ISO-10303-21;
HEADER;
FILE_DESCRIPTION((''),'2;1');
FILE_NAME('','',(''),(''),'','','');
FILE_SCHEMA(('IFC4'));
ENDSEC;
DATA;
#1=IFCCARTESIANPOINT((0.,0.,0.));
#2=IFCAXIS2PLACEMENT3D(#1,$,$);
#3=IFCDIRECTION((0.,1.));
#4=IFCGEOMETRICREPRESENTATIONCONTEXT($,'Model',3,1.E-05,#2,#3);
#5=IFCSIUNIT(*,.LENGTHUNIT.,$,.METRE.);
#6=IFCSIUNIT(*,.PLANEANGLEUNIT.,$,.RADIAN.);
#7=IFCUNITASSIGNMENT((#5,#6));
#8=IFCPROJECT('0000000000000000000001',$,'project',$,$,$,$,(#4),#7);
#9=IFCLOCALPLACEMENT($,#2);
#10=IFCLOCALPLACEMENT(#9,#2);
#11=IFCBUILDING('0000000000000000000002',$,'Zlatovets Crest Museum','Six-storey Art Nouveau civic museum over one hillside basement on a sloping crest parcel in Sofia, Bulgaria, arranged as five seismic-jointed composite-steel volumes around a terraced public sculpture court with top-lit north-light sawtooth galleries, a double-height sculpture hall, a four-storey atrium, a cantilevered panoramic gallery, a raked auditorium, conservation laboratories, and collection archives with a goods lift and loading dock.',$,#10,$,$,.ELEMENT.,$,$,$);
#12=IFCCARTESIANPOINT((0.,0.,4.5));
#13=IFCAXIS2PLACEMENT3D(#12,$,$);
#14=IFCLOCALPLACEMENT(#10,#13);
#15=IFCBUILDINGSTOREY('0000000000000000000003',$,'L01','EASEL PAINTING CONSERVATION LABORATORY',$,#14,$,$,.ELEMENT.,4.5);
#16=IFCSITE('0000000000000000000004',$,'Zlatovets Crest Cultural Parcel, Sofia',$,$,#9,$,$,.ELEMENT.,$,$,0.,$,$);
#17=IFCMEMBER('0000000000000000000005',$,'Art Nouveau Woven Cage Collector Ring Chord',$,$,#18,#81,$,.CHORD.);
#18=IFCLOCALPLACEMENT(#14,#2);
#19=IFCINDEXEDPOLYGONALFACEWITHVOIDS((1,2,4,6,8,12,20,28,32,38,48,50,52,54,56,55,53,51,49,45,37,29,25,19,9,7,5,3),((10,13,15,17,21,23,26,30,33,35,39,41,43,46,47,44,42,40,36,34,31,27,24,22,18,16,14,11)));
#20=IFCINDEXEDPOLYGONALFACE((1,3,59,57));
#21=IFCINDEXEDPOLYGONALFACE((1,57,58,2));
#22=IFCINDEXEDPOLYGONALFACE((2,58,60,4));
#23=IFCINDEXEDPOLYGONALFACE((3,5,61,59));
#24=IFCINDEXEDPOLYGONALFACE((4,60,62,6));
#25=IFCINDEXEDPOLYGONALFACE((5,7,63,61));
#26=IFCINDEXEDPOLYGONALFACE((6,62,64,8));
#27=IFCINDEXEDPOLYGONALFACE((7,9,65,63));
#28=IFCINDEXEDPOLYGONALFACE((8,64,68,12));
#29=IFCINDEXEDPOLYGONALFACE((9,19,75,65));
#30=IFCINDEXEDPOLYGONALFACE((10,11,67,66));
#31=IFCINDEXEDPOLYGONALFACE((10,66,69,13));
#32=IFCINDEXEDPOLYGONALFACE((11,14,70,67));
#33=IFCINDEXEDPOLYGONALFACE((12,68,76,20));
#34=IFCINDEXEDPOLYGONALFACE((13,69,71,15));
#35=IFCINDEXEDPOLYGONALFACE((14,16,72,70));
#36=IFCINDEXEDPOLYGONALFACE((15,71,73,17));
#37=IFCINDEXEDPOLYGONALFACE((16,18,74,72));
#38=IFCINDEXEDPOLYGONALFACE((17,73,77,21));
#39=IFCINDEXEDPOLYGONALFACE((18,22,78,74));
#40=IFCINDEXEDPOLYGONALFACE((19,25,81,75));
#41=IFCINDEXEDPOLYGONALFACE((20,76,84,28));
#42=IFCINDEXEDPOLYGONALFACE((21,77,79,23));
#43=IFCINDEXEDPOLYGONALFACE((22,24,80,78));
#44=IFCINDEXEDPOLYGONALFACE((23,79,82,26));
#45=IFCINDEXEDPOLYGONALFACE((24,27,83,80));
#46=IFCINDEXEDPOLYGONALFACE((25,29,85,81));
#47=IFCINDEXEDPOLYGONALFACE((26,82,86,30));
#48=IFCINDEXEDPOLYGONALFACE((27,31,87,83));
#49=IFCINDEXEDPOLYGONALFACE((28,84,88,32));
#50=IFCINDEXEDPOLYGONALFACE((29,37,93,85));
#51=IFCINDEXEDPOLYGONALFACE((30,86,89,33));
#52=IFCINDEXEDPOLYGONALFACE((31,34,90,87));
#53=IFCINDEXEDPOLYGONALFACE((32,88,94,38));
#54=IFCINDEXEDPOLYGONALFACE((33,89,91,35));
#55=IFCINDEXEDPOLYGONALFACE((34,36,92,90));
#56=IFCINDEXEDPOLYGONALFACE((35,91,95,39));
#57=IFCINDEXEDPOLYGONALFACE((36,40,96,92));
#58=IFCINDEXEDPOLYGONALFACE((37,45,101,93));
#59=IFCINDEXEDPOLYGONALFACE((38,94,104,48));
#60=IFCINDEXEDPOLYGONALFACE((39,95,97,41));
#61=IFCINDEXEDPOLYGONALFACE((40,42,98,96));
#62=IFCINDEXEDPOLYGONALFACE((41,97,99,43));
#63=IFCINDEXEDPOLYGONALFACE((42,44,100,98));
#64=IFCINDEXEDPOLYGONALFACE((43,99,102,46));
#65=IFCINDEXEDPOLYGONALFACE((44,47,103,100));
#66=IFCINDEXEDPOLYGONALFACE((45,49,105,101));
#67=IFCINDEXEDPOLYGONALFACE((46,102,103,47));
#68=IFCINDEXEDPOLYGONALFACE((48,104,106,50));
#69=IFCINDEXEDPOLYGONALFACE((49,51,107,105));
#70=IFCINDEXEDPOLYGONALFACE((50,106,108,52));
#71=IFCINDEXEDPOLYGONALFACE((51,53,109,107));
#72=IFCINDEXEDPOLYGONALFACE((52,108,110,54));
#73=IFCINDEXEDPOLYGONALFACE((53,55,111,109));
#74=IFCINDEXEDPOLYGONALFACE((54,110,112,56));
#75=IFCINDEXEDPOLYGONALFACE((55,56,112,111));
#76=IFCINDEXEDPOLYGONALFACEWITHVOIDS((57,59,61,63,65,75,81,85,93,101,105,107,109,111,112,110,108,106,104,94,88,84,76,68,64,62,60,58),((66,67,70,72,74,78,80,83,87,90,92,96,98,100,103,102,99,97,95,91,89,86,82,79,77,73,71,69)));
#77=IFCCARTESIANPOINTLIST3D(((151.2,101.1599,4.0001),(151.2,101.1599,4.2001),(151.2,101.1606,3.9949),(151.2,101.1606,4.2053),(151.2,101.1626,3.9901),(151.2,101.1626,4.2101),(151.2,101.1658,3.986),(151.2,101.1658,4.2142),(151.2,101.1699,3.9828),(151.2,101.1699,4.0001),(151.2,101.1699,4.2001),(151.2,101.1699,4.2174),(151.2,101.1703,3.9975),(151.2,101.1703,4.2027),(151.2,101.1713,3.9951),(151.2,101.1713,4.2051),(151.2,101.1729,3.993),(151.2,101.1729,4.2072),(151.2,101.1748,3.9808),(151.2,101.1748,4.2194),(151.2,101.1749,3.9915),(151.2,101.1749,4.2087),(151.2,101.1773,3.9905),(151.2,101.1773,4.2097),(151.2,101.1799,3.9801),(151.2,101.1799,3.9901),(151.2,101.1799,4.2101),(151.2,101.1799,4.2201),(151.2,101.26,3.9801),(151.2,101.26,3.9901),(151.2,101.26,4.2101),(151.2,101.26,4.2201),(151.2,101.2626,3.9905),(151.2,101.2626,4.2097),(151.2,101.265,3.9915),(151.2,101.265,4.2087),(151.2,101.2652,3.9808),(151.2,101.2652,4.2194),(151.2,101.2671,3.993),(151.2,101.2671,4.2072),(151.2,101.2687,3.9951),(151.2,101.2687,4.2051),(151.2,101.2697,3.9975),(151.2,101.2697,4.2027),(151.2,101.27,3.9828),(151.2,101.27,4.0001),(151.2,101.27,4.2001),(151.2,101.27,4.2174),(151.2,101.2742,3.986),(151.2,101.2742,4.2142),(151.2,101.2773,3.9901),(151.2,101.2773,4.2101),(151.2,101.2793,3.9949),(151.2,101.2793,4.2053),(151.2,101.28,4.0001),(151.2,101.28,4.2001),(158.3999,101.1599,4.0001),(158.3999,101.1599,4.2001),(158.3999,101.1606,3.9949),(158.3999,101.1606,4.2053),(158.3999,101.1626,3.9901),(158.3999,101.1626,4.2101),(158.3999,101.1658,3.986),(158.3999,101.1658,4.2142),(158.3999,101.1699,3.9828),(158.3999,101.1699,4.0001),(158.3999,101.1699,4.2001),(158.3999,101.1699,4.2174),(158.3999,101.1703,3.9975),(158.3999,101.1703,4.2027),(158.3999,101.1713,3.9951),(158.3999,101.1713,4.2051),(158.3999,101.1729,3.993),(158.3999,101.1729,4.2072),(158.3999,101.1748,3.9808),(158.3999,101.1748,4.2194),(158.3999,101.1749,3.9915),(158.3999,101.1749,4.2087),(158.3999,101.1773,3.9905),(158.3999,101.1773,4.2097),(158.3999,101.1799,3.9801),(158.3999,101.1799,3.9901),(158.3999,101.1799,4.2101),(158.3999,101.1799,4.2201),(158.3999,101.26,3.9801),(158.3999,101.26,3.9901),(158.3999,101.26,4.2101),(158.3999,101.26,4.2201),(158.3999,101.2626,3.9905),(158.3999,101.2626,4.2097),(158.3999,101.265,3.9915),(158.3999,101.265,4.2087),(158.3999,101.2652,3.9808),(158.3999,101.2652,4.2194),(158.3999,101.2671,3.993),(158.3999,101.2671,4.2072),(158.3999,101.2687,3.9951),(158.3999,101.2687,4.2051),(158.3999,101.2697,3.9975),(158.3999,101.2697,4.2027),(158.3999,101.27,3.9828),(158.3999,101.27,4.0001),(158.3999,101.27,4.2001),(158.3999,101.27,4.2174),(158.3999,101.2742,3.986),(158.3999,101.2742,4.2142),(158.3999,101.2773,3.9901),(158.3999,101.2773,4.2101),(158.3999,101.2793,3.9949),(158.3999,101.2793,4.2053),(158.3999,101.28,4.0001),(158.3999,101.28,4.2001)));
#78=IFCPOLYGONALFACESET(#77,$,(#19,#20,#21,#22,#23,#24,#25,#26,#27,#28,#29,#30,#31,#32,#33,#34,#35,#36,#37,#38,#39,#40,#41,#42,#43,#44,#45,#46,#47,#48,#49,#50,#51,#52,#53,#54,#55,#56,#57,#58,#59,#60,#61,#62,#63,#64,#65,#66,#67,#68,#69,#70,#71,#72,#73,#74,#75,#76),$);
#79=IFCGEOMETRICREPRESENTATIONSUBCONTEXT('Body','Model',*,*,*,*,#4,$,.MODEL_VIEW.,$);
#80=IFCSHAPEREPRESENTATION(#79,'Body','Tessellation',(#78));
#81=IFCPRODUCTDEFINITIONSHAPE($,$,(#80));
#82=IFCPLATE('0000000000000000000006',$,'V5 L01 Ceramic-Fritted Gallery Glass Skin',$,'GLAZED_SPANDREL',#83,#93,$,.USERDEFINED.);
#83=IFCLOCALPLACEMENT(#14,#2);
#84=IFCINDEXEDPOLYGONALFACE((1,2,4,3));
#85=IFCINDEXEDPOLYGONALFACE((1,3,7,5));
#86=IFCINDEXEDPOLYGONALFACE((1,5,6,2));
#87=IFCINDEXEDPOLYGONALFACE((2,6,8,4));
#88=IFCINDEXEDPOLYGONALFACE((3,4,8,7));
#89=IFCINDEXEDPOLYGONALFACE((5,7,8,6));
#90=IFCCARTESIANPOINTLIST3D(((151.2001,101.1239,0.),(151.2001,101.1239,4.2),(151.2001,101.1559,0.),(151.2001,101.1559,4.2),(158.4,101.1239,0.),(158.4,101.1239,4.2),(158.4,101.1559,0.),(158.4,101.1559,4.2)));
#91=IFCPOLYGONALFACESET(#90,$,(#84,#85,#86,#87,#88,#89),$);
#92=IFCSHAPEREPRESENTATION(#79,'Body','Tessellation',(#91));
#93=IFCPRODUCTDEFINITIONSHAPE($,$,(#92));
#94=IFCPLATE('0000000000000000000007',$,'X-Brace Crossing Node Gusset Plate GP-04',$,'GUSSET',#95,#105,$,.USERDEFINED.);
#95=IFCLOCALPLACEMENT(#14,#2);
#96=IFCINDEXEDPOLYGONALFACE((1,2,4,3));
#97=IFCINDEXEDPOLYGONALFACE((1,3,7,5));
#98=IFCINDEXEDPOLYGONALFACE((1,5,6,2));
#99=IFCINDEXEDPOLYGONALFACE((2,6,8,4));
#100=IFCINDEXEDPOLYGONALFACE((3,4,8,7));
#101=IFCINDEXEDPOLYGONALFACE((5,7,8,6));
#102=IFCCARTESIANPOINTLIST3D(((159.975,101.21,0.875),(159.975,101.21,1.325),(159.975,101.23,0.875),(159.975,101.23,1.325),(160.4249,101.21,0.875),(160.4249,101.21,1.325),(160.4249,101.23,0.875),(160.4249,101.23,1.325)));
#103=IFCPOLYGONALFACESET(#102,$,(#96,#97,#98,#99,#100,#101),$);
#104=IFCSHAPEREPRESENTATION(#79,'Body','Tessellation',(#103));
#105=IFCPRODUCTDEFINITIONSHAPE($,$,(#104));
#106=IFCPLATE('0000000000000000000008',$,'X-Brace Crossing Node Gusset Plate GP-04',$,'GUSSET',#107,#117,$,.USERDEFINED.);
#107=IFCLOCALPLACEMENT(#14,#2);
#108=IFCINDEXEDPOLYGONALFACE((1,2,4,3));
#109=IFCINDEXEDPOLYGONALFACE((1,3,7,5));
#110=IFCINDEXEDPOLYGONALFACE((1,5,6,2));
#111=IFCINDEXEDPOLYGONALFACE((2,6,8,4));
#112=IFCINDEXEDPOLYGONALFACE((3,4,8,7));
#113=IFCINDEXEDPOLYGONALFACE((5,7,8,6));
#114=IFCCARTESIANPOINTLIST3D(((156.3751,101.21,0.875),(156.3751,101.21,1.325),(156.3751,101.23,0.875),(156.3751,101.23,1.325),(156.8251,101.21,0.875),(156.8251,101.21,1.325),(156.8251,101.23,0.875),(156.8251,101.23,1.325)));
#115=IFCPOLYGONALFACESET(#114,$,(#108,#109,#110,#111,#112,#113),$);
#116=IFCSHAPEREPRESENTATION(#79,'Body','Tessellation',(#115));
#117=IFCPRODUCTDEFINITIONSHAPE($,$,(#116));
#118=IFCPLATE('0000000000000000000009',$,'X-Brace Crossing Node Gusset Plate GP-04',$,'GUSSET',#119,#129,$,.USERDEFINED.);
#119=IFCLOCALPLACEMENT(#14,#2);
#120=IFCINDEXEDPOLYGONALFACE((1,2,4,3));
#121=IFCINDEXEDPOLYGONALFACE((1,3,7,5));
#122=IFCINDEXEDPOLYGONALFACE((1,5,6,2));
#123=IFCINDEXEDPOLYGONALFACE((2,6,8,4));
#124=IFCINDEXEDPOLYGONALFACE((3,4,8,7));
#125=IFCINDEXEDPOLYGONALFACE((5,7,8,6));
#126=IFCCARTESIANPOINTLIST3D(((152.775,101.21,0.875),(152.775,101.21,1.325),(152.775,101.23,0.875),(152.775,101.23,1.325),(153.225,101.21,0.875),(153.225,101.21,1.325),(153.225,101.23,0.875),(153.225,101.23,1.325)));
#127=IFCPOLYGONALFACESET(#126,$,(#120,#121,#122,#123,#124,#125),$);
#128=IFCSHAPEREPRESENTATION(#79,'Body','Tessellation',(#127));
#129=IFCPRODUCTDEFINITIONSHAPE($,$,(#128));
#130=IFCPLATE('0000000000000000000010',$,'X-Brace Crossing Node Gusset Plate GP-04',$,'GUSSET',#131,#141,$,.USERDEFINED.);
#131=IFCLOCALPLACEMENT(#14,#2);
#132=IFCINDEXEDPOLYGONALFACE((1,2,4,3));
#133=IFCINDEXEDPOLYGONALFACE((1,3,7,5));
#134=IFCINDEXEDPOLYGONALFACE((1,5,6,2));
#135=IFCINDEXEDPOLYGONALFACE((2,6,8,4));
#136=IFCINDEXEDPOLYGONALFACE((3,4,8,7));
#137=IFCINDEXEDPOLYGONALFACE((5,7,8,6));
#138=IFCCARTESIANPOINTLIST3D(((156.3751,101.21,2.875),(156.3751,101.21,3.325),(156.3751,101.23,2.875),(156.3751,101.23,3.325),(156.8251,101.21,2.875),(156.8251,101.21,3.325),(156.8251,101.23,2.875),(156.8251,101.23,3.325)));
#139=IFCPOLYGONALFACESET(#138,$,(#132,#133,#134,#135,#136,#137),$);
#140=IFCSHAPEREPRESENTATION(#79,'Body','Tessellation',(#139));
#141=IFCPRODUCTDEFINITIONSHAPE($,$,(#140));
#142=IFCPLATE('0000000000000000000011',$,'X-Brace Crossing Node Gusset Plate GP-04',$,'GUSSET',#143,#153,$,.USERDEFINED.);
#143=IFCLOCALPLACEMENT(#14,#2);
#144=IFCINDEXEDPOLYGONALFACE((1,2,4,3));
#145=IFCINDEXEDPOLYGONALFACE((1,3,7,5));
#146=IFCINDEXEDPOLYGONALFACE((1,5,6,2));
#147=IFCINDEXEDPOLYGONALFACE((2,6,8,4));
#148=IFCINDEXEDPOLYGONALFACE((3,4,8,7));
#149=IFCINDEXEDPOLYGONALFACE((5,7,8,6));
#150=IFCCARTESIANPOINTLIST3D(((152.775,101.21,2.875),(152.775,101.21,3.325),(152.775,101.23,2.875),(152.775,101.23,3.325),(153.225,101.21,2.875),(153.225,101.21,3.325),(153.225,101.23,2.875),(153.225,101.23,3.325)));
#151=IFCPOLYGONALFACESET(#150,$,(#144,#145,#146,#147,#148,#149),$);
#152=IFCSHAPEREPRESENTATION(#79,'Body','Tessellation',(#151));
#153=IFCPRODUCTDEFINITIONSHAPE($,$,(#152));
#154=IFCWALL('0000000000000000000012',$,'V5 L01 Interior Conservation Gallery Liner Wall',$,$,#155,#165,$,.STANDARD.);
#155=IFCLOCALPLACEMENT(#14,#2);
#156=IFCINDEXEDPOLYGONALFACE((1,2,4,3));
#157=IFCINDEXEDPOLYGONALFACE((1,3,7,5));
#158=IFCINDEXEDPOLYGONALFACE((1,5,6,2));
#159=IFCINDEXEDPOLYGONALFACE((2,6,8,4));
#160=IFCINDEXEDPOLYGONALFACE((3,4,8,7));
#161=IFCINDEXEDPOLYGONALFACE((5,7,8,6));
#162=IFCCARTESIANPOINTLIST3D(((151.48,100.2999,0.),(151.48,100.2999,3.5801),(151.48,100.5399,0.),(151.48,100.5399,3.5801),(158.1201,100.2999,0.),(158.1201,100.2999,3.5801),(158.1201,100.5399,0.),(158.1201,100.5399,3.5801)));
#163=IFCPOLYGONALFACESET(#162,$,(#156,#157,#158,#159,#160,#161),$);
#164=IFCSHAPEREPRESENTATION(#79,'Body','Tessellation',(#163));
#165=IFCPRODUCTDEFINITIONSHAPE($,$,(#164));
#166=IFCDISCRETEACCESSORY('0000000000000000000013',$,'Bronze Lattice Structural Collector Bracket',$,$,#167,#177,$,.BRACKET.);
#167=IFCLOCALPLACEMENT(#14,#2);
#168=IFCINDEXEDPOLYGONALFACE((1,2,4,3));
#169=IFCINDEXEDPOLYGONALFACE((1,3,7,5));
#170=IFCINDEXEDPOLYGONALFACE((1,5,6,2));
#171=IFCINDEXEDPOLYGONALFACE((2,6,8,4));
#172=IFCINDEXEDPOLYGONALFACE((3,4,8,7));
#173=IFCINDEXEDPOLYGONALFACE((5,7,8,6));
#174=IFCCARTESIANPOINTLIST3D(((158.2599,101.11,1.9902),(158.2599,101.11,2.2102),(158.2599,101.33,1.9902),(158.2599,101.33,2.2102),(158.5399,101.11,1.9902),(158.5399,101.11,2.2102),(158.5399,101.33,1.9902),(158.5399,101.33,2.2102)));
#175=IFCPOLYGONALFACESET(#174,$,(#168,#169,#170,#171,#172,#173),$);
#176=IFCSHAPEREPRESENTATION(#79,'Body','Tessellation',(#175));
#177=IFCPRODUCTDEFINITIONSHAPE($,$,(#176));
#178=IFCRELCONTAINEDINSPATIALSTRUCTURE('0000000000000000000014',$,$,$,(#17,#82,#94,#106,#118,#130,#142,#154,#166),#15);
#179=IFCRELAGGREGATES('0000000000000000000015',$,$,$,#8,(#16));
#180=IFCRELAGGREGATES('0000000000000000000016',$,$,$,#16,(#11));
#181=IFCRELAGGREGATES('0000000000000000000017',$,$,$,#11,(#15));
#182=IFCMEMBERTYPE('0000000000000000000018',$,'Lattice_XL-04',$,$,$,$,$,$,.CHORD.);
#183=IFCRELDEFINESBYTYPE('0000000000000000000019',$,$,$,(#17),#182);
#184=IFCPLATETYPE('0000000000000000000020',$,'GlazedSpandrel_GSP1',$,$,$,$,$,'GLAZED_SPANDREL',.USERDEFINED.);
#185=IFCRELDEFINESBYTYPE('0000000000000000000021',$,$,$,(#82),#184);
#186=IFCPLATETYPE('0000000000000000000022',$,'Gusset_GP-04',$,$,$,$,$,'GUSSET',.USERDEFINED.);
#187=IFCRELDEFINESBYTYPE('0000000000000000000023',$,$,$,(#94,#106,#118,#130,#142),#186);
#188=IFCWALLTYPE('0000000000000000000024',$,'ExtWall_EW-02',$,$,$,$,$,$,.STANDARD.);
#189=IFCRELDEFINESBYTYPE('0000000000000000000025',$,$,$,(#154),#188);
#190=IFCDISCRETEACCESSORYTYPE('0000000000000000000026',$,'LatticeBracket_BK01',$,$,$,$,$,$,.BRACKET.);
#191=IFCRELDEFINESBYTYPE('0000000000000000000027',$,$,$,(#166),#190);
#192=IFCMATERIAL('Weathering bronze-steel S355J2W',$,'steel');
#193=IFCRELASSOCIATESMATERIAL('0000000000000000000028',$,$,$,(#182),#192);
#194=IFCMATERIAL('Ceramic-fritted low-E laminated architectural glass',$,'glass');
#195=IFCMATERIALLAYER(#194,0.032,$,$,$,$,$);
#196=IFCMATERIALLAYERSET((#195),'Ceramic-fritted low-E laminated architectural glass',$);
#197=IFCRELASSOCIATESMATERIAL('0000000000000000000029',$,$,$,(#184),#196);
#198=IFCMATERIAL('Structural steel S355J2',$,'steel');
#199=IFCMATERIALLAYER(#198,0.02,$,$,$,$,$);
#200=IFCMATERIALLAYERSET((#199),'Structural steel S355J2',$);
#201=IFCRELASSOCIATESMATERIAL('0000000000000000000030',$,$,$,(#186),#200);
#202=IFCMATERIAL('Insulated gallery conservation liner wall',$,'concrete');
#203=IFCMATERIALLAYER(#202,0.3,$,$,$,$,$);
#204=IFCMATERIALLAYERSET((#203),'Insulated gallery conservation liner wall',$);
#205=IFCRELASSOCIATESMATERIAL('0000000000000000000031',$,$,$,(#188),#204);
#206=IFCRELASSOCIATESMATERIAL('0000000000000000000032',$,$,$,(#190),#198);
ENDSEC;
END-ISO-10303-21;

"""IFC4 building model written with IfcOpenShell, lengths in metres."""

from ifc_helpers import new_model, si_unit, direction, frame, frame_2d, origin, origin_2d, place, context, subcontext, project, spatial, rectangle, hollow_rectangle, extrude, material, layer, layer_set, material_profile, profile_set, type_object, element, save


model = new_model("IFC4")

# Units and contexts
model_context = context("Model", 3, precision=1e-05, world=origin(), true_north=direction((0.0, 1.0)))
body_context = subcontext(model_context, "Body", "Model", "MODEL_VIEW")
ifc_project = project(units=[si_unit("LENGTHUNIT", "METRE"), si_unit("PLANEANGLEUNIT", "RADIAN")], contexts=[model_context])

# Site, building, storey
site_placement = place(None, origin())
site = spatial("IfcSite", under=ifc_project, at=site_placement, Name="Zlatovets Crest Cultural Parcel, Sofia", CompositionType="ELEMENT", RefElevation=0.0)
building_placement = place(site_placement, origin())
building = spatial("IfcBuilding", under=site, at=building_placement, Name="Zlatovets Crest Museum", Description="Six-storey Art Nouveau civic museum over one hillside basement on a sloping crest parcel in Sofia, Bulgaria, arranged as five seismic-jointed composite-steel volumes around a terraced public sculpture court with top-lit north-light sawtooth galleries, a double-height sculpture hall, a four-storey atrium, a cantilevered panoramic gallery, a raked auditorium, conservation laboratories, and collection archives with a goods lift and loading dock.", CompositionType="ELEMENT")
storey_placement = place(building_placement, frame((0.0, 0.0, 4.5)))
storey = spatial("IfcBuildingStorey", under=building, at=storey_placement, Name="L01", Description="EASEL PAINTING CONSERVATION LABORATORY", CompositionType="ELEMENT", Elevation=4.5)

# Shared definitions
ifc_material_1 = material(Name="Structural steel S355J2", Category="steel")

# Member
ifc_material_2 = material(Name="Weathering bronze-steel S355J2W", Category="steel")
ifc_material_profile_1 = material_profile(ifc_material_2, hollow_rectangle(XDim=0.1201, YDim=0.24, WallThickness=0.01, InnerFilletRadius=0.01, OuterFilletRadius=0.02, at=origin_2d()), Name="RHS 120x240x10.0")
ifc_profile_set_1 = profile_set([ifc_material_profile_1], Name="Weathering bronze-steel S355J2W")
member_type_1 = type_object("IfcMemberType", Name="Lattice_XL-04", PredefinedType="CHORD", material=ifc_profile_set_1)
member_1_placement = place(storey_placement, frame((158.3999, 101.22, 4.1001), z_axis=(-1.0, 0.0, 0.0), x_axis=(0.0, -1.0, 0.0)))
element("IfcMember", 1, at=member_1_placement, inside=storey, type_object=member_type_1, Name="Art Nouveau Woven Cage Collector Ring Chord", PredefinedType="CHORD", context=body_context, shape_type="SweptSolid", body=[
    extrude(hollow_rectangle(XDim=0.1201, YDim=0.24, WallThickness=0.01, InnerFilletRadius=0.01, OuterFilletRadius=0.02, at=origin_2d()), origin(), (0.0, 0.0, 1.0), 7.2),
])

# Plates
ifc_material_3 = material(Name="Ceramic-fritted low-E laminated architectural glass", Category="glass")
ifc_layer_1 = layer(ifc_material_3, 0.032)
ifc_layer_set_1 = layer_set([ifc_layer_1], Name="Ceramic-fritted low-E laminated architectural glass")
plate_type_1 = type_object("IfcPlateType", Name="GlazedSpandrel_GSP1", ElementType="GLAZED_SPANDREL", PredefinedType="USERDEFINED", material=ifc_layer_set_1)
plate_placement = place(storey_placement, frame((154.8, 101.1399, 0.0), z_axis=(0.0, 0.0, 1.0), x_axis=(1.0, 0.0, 0.0)))
element("IfcPlate", 2, at=plate_placement, inside=storey, type_object=plate_type_1, Name="V5 L01 Ceramic-Fritted Gallery Glass Skin", ObjectType="GLAZED_SPANDREL", PredefinedType="USERDEFINED", context=body_context, shape_type="SweptSolid", body=[
    extrude(rectangle(XDim=7.2, YDim=0.032, at=origin_2d()), origin(), (0.0, 0.0, 1.0), 4.2),
])
ifc_layer_2 = layer(ifc_material_1, 0.02)
ifc_layer_set_2 = layer_set([ifc_layer_2], Name="Structural steel S355J2")
plate_type_2 = type_object("IfcPlateType", Name="Gusset_GP-04", ElementType="GUSSET", PredefinedType="USERDEFINED", material=ifc_layer_set_2)
for number, where, z_axis, x_axis, name in (
    (3, (160.2, 101.22, 0.875), (0.0, 0.0, 1.0), (1.0, 0.0, 0.0), "X-Brace Crossing Node Gusset Plate GP-04"),
    (4, (156.6001, 101.22, 0.875), (0.0, 0.0, 1.0), (1.0, 0.0, 0.0), "X-Brace Crossing Node Gusset Plate GP-04"),
    (5, (153.0, 101.22, 0.875), (0.0, 0.0, 1.0), (1.0, 0.0, 0.0), "X-Brace Crossing Node Gusset Plate GP-04"),
    (6, (156.6001, 101.22, 2.875), (0.0, 0.0, 1.0), (1.0, 0.0, 0.0), "X-Brace Crossing Node Gusset Plate GP-04"),
    (7, (153.0, 101.22, 2.875), (0.0, 0.0, 1.0), (1.0, 0.0, 0.0), "X-Brace Crossing Node Gusset Plate GP-04"),
):
    element("IfcPlate", number, at=place(storey_placement, frame(where, z_axis=z_axis, x_axis=x_axis)), inside=storey, type_object=plate_type_2, Name=name, ObjectType="GUSSET", PredefinedType="USERDEFINED", context=body_context, shape_type="SweptSolid", body=[
        extrude(rectangle(XDim=0.45, YDim=0.02, at=origin_2d()), origin(), (0.0, 0.0, 1.0), 0.45),
    ])

# Wall
ifc_material_4 = material(Name="Insulated gallery conservation liner wall", Category="concrete")
ifc_layer_3 = layer(ifc_material_4, 0.3)
ifc_layer_set_3 = layer_set([ifc_layer_3], Name="Insulated gallery conservation liner wall")
wall_type = type_object("IfcWallType", Name="ExtWall_EW-02", PredefinedType="STANDARD", material=ifc_layer_set_3)
wall_placement = place(storey_placement, frame((158.1201, 100.4199, 0.0), z_axis=(0.0, 0.0, 1.0), x_axis=(-1.0, 0.0, 0.0)))
element("IfcWall", 8, at=wall_placement, inside=storey, type_object=wall_type, Name="V5 L01 Interior Conservation Gallery Liner Wall", PredefinedType="STANDARD", context=body_context, shape_type="SweptSolid", body=[
    extrude(rectangle(XDim=6.6401, YDim=0.24, at=frame_2d((3.3201, 0.0))), origin(), (0.0, 0.0, 1.0), 3.5801),
])

# Discrete accessory
discrete_accessory_type = type_object("IfcDiscreteAccessoryType", Name="LatticeBracket_BK01", PredefinedType="BRACKET", material=ifc_material_1)
discrete_accessory_placement = place(storey_placement, frame((158.3999, 101.22, 1.9902), z_axis=(0.0, 0.0, 1.0), x_axis=(1.0, 0.0, 0.0)))
element("IfcDiscreteAccessory", 9, at=discrete_accessory_placement, inside=storey, type_object=discrete_accessory_type, Name="Bronze Lattice Structural Collector Bracket", PredefinedType="BRACKET", context=body_context, shape_type="SweptSolid", body=[
    extrude(rectangle(XDim=0.28, YDim=0.22, at=origin_2d()), origin(), (0.0, 0.0, 1.0), 0.22),
])

save(model, "model.ifc")
